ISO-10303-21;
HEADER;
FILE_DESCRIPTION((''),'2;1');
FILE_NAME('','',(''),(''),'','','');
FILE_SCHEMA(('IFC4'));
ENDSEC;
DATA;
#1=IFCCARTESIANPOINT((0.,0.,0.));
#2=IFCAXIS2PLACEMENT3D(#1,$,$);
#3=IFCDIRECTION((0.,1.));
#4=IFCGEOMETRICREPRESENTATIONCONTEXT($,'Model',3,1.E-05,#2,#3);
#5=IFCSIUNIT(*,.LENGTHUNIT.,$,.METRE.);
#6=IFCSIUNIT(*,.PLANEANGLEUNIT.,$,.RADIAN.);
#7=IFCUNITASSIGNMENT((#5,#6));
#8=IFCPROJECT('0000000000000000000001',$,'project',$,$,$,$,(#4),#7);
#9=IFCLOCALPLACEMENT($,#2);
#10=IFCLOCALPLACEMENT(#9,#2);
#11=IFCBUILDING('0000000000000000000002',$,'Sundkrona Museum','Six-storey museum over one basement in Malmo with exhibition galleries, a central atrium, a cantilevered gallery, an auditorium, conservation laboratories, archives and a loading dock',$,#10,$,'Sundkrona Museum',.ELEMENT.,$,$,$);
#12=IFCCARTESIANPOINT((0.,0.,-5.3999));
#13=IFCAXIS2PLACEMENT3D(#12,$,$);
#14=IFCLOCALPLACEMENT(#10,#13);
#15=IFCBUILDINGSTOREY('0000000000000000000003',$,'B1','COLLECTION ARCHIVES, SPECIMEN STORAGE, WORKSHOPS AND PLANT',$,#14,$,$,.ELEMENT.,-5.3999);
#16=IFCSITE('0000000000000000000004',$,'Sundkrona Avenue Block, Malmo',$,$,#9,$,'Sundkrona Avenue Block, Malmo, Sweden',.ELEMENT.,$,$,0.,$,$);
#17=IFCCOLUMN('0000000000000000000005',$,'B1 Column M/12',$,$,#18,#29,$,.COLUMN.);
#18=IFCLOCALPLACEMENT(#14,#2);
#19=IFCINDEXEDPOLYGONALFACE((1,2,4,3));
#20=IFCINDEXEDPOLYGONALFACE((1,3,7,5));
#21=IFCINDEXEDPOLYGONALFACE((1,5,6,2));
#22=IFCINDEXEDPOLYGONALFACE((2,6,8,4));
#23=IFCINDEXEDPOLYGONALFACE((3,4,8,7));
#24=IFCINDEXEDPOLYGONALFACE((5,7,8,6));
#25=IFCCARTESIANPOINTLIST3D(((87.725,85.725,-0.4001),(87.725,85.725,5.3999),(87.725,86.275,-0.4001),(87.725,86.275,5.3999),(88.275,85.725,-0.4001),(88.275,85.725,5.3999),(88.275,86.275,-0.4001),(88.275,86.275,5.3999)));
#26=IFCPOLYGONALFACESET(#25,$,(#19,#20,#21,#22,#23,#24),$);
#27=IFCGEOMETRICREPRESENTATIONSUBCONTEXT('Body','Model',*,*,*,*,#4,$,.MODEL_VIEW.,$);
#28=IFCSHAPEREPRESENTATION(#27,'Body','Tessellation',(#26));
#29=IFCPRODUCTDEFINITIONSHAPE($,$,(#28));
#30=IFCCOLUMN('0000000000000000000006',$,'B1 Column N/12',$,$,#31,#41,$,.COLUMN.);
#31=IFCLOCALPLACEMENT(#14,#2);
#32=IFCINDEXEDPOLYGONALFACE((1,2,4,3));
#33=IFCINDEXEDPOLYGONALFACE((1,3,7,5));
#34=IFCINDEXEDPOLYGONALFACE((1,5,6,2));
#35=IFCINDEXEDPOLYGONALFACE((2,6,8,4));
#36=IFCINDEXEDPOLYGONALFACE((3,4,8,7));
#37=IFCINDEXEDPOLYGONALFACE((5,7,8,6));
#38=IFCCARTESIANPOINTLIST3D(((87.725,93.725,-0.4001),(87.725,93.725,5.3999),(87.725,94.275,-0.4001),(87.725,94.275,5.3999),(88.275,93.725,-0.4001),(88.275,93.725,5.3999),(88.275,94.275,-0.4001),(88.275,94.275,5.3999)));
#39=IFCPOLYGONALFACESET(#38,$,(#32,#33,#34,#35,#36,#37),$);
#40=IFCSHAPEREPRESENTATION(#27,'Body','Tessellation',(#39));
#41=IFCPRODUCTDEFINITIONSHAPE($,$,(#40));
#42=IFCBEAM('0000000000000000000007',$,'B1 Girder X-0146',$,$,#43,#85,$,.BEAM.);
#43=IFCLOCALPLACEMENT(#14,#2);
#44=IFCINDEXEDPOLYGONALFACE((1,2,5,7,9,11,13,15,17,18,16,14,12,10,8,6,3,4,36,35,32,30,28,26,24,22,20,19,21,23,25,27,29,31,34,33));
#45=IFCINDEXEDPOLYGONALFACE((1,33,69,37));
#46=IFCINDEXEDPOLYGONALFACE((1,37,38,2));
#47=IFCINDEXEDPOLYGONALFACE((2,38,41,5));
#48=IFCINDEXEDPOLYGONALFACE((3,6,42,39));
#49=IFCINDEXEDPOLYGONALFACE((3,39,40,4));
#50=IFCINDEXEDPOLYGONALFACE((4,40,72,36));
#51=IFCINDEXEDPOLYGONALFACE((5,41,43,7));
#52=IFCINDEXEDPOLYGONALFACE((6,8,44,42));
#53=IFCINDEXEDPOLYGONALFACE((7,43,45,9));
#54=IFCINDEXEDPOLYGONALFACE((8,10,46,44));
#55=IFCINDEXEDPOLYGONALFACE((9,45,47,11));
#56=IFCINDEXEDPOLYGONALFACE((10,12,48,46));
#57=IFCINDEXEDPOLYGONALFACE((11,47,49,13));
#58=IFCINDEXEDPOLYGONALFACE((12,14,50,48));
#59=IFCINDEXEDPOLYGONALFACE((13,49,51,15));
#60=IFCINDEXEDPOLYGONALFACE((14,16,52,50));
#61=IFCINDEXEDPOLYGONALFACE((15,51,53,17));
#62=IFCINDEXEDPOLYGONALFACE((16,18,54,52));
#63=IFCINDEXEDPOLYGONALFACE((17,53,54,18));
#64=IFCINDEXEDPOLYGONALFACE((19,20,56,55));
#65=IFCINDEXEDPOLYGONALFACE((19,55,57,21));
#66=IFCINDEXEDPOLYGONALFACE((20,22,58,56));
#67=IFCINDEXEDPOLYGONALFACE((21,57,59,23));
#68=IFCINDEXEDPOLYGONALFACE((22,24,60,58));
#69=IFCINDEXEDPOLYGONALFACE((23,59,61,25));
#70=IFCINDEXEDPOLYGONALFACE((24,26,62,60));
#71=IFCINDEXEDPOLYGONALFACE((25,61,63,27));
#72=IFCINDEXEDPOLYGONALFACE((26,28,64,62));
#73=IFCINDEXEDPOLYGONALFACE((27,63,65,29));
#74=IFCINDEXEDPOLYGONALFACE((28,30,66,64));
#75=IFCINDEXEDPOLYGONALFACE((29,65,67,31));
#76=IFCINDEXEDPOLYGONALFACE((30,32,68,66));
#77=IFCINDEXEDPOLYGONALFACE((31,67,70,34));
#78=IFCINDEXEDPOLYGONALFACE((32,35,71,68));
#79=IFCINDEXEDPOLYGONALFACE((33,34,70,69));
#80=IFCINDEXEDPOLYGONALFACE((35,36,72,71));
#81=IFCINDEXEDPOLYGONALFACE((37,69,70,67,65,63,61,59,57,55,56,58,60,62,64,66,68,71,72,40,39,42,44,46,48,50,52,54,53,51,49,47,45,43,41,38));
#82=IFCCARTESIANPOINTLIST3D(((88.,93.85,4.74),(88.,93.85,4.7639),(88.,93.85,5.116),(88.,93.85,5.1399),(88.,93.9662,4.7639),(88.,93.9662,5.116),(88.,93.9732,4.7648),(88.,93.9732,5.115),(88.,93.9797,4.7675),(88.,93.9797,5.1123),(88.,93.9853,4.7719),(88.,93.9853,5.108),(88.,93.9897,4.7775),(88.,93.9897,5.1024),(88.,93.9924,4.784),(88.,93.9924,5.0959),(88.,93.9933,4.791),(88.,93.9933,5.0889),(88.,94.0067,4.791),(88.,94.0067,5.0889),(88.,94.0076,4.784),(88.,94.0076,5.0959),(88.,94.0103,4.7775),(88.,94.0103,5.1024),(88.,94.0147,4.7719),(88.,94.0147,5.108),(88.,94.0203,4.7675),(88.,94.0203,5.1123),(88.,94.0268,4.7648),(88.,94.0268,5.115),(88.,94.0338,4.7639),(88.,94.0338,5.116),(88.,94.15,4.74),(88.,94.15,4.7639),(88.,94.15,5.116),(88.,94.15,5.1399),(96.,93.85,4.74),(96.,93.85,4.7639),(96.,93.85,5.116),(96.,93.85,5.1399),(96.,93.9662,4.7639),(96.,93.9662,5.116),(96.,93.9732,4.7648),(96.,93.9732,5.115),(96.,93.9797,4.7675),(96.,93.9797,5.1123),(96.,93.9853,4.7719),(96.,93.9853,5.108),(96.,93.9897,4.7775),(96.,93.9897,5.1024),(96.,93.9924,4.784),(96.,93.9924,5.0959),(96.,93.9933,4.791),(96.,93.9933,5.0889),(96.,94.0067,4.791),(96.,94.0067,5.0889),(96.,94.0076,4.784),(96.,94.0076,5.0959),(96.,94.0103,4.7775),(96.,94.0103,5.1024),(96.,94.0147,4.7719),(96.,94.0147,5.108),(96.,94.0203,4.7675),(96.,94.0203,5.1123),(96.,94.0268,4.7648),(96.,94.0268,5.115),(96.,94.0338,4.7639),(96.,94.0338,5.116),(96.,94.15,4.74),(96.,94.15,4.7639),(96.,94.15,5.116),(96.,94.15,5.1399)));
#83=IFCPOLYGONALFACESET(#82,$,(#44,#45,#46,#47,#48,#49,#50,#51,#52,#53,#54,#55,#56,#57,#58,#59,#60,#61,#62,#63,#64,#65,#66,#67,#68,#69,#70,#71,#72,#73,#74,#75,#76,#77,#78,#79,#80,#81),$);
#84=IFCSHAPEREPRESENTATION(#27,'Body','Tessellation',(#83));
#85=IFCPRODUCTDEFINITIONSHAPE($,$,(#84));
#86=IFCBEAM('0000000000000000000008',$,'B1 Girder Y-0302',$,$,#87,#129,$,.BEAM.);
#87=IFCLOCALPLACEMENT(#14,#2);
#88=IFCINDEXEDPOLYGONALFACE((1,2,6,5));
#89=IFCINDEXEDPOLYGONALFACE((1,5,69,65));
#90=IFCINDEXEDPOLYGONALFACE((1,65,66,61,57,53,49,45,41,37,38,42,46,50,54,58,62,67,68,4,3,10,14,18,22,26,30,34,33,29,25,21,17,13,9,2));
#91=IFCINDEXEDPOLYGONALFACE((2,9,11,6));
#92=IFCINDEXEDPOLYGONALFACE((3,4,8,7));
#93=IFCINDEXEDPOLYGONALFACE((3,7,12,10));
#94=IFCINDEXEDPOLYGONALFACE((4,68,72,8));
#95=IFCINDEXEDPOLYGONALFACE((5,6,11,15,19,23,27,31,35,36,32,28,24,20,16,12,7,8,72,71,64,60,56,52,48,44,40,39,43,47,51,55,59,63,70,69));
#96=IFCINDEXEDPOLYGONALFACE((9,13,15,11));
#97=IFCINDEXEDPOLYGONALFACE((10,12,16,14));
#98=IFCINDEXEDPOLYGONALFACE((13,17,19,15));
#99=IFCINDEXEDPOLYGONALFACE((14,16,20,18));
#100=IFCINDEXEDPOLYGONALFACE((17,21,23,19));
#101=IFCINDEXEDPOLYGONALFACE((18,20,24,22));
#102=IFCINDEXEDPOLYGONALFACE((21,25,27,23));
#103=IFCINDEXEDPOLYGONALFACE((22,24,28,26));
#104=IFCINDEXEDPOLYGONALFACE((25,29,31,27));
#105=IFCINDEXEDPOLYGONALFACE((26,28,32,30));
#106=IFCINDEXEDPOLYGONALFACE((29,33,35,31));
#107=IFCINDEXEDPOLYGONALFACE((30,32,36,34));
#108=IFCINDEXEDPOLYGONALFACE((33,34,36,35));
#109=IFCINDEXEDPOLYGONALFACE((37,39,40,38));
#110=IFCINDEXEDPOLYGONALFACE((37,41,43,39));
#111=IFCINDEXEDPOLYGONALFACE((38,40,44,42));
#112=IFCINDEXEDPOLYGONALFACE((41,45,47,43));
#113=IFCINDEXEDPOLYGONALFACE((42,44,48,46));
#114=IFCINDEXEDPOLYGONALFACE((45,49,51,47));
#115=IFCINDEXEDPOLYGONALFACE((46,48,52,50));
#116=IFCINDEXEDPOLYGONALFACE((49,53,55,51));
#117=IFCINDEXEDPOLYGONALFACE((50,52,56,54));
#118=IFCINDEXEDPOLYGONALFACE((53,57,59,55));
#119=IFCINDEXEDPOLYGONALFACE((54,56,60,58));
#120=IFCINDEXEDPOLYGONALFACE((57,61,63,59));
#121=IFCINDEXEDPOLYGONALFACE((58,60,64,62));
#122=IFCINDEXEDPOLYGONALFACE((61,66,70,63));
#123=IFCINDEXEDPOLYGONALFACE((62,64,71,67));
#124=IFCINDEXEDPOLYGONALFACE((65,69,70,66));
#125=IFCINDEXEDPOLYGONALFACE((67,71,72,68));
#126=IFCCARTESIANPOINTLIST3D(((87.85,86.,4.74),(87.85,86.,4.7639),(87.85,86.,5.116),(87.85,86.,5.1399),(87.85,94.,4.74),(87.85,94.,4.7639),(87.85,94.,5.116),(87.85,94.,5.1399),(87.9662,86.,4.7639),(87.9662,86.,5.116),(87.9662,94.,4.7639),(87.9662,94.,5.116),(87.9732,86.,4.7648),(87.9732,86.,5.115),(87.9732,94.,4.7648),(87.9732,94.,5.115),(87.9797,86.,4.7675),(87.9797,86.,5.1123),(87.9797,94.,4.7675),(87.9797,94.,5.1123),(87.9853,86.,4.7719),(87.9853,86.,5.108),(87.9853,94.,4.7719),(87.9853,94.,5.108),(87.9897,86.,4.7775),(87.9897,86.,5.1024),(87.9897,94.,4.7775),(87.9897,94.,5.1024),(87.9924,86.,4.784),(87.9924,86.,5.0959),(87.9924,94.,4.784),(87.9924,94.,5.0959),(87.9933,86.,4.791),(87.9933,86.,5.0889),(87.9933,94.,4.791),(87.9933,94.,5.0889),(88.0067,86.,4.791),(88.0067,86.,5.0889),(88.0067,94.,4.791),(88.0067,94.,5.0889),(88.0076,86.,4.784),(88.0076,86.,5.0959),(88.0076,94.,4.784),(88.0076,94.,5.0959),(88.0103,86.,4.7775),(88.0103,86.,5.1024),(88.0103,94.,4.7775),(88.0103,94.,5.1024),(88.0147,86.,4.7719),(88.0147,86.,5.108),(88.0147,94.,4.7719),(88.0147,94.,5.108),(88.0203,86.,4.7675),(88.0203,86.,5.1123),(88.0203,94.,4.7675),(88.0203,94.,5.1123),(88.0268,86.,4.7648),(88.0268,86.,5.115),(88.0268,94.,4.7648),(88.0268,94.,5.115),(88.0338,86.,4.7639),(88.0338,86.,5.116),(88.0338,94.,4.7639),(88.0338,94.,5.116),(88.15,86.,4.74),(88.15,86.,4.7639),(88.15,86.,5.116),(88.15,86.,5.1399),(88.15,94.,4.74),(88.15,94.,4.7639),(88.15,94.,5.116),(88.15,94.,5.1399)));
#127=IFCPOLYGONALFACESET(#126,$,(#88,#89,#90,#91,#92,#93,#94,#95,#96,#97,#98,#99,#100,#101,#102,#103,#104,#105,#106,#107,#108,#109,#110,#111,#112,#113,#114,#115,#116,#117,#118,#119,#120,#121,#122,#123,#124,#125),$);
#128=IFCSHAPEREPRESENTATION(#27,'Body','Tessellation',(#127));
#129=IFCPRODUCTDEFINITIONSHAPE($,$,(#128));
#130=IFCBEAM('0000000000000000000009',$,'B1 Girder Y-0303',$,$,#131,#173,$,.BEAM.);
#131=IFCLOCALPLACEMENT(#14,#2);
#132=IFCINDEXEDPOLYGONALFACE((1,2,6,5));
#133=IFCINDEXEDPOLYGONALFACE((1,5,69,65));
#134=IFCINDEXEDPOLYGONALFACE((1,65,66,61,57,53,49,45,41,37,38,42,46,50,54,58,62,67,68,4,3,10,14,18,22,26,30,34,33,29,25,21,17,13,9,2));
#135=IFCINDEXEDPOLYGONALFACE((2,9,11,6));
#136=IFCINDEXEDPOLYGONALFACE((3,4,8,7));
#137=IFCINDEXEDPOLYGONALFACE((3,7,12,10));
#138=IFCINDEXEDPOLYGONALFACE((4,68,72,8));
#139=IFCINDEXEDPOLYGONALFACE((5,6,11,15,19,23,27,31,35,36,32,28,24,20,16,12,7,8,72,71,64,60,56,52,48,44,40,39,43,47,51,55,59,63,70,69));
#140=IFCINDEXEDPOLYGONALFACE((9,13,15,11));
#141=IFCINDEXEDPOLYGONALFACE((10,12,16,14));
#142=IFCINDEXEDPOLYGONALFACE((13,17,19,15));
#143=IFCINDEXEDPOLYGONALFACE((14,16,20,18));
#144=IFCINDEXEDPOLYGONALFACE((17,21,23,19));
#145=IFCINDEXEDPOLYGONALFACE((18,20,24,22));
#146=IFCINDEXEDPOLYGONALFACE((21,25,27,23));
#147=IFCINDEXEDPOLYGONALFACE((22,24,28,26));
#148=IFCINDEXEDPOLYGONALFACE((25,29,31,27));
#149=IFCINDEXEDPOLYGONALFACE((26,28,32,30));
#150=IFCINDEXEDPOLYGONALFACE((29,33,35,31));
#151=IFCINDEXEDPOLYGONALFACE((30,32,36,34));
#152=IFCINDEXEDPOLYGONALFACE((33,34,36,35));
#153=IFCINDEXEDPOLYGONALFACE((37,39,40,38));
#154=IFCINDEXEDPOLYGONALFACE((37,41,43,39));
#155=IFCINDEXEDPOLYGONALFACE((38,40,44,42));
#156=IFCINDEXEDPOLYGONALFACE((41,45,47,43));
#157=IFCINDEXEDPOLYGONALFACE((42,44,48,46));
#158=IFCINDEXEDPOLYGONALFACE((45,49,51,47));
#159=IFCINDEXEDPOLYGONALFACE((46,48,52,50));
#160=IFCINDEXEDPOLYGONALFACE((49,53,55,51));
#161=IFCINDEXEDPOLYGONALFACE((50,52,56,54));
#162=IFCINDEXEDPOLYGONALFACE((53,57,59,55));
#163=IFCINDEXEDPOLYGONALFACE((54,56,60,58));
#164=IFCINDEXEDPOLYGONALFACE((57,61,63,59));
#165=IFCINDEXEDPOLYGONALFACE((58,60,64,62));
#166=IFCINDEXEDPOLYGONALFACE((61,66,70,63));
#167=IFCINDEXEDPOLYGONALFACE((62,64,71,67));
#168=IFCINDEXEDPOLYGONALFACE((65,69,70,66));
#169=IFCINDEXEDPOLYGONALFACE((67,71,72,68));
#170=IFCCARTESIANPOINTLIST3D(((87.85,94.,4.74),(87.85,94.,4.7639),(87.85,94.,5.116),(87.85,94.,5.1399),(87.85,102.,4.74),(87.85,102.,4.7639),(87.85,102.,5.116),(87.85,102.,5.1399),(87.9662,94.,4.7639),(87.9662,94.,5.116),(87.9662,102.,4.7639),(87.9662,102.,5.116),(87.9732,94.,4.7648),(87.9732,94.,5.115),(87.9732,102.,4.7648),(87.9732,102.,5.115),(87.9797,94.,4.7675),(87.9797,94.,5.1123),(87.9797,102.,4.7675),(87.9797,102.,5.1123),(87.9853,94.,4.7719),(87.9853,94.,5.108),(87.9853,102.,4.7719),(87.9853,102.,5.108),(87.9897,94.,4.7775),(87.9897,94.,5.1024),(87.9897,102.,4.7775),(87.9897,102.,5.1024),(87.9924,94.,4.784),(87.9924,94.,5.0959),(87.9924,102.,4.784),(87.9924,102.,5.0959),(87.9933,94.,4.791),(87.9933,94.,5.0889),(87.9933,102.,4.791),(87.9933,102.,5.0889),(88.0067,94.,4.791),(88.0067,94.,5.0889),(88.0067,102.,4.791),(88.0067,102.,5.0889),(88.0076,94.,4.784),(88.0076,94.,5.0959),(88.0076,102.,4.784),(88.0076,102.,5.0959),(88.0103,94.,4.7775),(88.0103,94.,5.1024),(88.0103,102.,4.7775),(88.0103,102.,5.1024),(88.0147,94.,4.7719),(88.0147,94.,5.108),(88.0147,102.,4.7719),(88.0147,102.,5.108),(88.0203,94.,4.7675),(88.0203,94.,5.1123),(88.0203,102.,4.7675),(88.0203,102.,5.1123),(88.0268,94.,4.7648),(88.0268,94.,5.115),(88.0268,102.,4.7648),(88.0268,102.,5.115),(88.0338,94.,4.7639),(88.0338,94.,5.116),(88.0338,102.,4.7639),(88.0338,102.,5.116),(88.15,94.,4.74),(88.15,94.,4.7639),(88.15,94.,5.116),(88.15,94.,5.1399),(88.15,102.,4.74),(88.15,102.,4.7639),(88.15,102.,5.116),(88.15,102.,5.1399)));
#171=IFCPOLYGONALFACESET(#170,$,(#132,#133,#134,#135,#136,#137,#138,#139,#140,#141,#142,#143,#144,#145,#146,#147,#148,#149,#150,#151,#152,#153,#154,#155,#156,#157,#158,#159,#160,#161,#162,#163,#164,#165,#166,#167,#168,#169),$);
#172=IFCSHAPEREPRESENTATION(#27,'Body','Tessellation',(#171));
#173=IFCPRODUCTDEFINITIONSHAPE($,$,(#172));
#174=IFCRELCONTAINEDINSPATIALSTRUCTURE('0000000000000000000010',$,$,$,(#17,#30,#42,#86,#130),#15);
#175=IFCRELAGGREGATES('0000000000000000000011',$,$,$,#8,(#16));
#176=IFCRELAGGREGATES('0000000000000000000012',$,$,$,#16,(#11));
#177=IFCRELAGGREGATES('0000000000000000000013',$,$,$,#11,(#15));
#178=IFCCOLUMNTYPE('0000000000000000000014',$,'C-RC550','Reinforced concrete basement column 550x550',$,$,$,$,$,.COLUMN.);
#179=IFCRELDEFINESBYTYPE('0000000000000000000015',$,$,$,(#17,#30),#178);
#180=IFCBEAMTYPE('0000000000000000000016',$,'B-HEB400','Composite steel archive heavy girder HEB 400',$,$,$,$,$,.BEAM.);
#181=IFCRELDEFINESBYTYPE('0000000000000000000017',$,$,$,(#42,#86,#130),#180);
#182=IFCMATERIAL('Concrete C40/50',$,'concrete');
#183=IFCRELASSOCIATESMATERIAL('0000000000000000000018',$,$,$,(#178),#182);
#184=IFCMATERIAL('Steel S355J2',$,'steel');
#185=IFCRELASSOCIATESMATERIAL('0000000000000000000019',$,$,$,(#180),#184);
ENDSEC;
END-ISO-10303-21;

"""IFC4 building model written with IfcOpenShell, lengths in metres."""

from ifc_helpers import new_model, si_unit, direction, frame, origin, origin_2d, place, context, subcontext, project, spatial, rectangle, i_section, extrude, material, material_profile, profile_set, type_object, element, save


model = new_model("IFC4")

# Units and contexts
model_context = context("Model", 3, precision=1e-05, world=origin(), true_north=direction((0.0, 1.0)))
body_context = subcontext(model_context, "Body", "Model", "MODEL_VIEW")
ifc_project = project(units=[si_unit("LENGTHUNIT", "METRE"), si_unit("PLANEANGLEUNIT", "RADIAN")], contexts=[model_context])

# Site, building, storey
site_placement = place(None, origin())
site = spatial("IfcSite", under=ifc_project, at=site_placement, Name="Sundkrona Avenue Block, Malmo", LongName="Sundkrona Avenue Block, Malmo, Sweden", CompositionType="ELEMENT", RefElevation=0.0)
building_placement = place(site_placement, origin())
building = spatial("IfcBuilding", under=site, at=building_placement, Name="Sundkrona Museum", Description="Six-storey museum over one basement in Malmo with exhibition galleries, a central atrium, a cantilevered gallery, an auditorium, conservation laboratories, archives and a loading dock", LongName="Sundkrona Museum", CompositionType="ELEMENT")
storey_placement = place(building_placement, frame((0.0, 0.0, -5.3999)))
storey = spatial("IfcBuildingStorey", under=building, at=storey_placement, Name="B1", Description="COLLECTION ARCHIVES, SPECIMEN STORAGE, WORKSHOPS AND PLANT", CompositionType="ELEMENT", Elevation=-5.3999)

# Shared definitions
ifc_material_1 = material(Name="Concrete C40/50", Category="concrete")

# Columns
ifc_material_profile_1 = material_profile(ifc_material_1, rectangle(XDim=0.55, YDim=0.55, at=origin_2d()), Name="RC 550x550")
ifc_profile_set_1 = profile_set([ifc_material_profile_1], Name="Concrete C40/50")
column_type = type_object("IfcColumnType", Name="C-RC550", Description="Reinforced concrete basement column 550x550", PredefinedType="COLUMN", material=ifc_profile_set_1)
for number, where, z_axis, x_axis, name in (
    (1, (88.0, 86.0, -0.4001), (0.0, 0.0, 1.0), (1.0, 0.0, 0.0), "B1 Column M/12"),
    (2, (88.0, 94.0, -0.4001), (0.0, 0.0, 1.0), (1.0, 0.0, 0.0), "B1 Column N/12"),
):
    element("IfcColumn", number, at=place(storey_placement, frame(where, z_axis=z_axis, x_axis=x_axis)), inside=storey, type_object=column_type, Name=name, PredefinedType="COLUMN", context=body_context, shape_type="SweptSolid", body=[
        extrude(rectangle(XDim=0.55, YDim=0.55, at=origin_2d()), origin(), (0.0, 0.0, 1.0), 5.8),
    ])

# Beams
ifc_material_2 = material(Name="Steel S355J2", Category="steel")
ifc_material_profile_2 = material_profile(ifc_material_2, i_section(OverallWidth=0.3, OverallDepth=0.3999, WebThickness=0.0134, FlangeThickness=0.0239, FilletRadius=0.0271, at=origin_2d()), Name="HEB 400")
ifc_profile_set_2 = profile_set([ifc_material_profile_2], Name="Steel S355J2")
beam_type_1 = type_object("IfcBeamType", Name="B-HEB400", Description="Composite steel archive heavy girder HEB 400", PredefinedType="BEAM", material=ifc_profile_set_2)
for number, where, z_axis, x_axis, name in (
    (3, (88.0, 94.0, 4.9399), (1.0, 0.0, 0.0), (0.0, 1.0, 0.0), "B1 Girder X-0146"),
    (4, (88.0, 86.0, 4.9399), (0.0, 1.0, 0.0), (-1.0, 0.0, 0.0), "B1 Girder Y-0302"),
    (5, (88.0, 94.0, 4.9399), (0.0, 1.0, 0.0), (-1.0, 0.0, 0.0), "B1 Girder Y-0303"),
):
    element("IfcBeam", number, at=place(storey_placement, frame(where, z_axis=z_axis, x_axis=x_axis)), inside=storey, type_object=beam_type_1, Name=name, PredefinedType="BEAM", context=body_context, shape_type="SweptSolid", body=[
        extrude(i_section(OverallWidth=0.3, OverallDepth=0.3999, WebThickness=0.0134, FlangeThickness=0.0239, FilletRadius=0.0271, at=origin_2d()), origin(), (0.0, 0.0, 1.0), 8.0),
    ])

save(model, "model.ifc")
